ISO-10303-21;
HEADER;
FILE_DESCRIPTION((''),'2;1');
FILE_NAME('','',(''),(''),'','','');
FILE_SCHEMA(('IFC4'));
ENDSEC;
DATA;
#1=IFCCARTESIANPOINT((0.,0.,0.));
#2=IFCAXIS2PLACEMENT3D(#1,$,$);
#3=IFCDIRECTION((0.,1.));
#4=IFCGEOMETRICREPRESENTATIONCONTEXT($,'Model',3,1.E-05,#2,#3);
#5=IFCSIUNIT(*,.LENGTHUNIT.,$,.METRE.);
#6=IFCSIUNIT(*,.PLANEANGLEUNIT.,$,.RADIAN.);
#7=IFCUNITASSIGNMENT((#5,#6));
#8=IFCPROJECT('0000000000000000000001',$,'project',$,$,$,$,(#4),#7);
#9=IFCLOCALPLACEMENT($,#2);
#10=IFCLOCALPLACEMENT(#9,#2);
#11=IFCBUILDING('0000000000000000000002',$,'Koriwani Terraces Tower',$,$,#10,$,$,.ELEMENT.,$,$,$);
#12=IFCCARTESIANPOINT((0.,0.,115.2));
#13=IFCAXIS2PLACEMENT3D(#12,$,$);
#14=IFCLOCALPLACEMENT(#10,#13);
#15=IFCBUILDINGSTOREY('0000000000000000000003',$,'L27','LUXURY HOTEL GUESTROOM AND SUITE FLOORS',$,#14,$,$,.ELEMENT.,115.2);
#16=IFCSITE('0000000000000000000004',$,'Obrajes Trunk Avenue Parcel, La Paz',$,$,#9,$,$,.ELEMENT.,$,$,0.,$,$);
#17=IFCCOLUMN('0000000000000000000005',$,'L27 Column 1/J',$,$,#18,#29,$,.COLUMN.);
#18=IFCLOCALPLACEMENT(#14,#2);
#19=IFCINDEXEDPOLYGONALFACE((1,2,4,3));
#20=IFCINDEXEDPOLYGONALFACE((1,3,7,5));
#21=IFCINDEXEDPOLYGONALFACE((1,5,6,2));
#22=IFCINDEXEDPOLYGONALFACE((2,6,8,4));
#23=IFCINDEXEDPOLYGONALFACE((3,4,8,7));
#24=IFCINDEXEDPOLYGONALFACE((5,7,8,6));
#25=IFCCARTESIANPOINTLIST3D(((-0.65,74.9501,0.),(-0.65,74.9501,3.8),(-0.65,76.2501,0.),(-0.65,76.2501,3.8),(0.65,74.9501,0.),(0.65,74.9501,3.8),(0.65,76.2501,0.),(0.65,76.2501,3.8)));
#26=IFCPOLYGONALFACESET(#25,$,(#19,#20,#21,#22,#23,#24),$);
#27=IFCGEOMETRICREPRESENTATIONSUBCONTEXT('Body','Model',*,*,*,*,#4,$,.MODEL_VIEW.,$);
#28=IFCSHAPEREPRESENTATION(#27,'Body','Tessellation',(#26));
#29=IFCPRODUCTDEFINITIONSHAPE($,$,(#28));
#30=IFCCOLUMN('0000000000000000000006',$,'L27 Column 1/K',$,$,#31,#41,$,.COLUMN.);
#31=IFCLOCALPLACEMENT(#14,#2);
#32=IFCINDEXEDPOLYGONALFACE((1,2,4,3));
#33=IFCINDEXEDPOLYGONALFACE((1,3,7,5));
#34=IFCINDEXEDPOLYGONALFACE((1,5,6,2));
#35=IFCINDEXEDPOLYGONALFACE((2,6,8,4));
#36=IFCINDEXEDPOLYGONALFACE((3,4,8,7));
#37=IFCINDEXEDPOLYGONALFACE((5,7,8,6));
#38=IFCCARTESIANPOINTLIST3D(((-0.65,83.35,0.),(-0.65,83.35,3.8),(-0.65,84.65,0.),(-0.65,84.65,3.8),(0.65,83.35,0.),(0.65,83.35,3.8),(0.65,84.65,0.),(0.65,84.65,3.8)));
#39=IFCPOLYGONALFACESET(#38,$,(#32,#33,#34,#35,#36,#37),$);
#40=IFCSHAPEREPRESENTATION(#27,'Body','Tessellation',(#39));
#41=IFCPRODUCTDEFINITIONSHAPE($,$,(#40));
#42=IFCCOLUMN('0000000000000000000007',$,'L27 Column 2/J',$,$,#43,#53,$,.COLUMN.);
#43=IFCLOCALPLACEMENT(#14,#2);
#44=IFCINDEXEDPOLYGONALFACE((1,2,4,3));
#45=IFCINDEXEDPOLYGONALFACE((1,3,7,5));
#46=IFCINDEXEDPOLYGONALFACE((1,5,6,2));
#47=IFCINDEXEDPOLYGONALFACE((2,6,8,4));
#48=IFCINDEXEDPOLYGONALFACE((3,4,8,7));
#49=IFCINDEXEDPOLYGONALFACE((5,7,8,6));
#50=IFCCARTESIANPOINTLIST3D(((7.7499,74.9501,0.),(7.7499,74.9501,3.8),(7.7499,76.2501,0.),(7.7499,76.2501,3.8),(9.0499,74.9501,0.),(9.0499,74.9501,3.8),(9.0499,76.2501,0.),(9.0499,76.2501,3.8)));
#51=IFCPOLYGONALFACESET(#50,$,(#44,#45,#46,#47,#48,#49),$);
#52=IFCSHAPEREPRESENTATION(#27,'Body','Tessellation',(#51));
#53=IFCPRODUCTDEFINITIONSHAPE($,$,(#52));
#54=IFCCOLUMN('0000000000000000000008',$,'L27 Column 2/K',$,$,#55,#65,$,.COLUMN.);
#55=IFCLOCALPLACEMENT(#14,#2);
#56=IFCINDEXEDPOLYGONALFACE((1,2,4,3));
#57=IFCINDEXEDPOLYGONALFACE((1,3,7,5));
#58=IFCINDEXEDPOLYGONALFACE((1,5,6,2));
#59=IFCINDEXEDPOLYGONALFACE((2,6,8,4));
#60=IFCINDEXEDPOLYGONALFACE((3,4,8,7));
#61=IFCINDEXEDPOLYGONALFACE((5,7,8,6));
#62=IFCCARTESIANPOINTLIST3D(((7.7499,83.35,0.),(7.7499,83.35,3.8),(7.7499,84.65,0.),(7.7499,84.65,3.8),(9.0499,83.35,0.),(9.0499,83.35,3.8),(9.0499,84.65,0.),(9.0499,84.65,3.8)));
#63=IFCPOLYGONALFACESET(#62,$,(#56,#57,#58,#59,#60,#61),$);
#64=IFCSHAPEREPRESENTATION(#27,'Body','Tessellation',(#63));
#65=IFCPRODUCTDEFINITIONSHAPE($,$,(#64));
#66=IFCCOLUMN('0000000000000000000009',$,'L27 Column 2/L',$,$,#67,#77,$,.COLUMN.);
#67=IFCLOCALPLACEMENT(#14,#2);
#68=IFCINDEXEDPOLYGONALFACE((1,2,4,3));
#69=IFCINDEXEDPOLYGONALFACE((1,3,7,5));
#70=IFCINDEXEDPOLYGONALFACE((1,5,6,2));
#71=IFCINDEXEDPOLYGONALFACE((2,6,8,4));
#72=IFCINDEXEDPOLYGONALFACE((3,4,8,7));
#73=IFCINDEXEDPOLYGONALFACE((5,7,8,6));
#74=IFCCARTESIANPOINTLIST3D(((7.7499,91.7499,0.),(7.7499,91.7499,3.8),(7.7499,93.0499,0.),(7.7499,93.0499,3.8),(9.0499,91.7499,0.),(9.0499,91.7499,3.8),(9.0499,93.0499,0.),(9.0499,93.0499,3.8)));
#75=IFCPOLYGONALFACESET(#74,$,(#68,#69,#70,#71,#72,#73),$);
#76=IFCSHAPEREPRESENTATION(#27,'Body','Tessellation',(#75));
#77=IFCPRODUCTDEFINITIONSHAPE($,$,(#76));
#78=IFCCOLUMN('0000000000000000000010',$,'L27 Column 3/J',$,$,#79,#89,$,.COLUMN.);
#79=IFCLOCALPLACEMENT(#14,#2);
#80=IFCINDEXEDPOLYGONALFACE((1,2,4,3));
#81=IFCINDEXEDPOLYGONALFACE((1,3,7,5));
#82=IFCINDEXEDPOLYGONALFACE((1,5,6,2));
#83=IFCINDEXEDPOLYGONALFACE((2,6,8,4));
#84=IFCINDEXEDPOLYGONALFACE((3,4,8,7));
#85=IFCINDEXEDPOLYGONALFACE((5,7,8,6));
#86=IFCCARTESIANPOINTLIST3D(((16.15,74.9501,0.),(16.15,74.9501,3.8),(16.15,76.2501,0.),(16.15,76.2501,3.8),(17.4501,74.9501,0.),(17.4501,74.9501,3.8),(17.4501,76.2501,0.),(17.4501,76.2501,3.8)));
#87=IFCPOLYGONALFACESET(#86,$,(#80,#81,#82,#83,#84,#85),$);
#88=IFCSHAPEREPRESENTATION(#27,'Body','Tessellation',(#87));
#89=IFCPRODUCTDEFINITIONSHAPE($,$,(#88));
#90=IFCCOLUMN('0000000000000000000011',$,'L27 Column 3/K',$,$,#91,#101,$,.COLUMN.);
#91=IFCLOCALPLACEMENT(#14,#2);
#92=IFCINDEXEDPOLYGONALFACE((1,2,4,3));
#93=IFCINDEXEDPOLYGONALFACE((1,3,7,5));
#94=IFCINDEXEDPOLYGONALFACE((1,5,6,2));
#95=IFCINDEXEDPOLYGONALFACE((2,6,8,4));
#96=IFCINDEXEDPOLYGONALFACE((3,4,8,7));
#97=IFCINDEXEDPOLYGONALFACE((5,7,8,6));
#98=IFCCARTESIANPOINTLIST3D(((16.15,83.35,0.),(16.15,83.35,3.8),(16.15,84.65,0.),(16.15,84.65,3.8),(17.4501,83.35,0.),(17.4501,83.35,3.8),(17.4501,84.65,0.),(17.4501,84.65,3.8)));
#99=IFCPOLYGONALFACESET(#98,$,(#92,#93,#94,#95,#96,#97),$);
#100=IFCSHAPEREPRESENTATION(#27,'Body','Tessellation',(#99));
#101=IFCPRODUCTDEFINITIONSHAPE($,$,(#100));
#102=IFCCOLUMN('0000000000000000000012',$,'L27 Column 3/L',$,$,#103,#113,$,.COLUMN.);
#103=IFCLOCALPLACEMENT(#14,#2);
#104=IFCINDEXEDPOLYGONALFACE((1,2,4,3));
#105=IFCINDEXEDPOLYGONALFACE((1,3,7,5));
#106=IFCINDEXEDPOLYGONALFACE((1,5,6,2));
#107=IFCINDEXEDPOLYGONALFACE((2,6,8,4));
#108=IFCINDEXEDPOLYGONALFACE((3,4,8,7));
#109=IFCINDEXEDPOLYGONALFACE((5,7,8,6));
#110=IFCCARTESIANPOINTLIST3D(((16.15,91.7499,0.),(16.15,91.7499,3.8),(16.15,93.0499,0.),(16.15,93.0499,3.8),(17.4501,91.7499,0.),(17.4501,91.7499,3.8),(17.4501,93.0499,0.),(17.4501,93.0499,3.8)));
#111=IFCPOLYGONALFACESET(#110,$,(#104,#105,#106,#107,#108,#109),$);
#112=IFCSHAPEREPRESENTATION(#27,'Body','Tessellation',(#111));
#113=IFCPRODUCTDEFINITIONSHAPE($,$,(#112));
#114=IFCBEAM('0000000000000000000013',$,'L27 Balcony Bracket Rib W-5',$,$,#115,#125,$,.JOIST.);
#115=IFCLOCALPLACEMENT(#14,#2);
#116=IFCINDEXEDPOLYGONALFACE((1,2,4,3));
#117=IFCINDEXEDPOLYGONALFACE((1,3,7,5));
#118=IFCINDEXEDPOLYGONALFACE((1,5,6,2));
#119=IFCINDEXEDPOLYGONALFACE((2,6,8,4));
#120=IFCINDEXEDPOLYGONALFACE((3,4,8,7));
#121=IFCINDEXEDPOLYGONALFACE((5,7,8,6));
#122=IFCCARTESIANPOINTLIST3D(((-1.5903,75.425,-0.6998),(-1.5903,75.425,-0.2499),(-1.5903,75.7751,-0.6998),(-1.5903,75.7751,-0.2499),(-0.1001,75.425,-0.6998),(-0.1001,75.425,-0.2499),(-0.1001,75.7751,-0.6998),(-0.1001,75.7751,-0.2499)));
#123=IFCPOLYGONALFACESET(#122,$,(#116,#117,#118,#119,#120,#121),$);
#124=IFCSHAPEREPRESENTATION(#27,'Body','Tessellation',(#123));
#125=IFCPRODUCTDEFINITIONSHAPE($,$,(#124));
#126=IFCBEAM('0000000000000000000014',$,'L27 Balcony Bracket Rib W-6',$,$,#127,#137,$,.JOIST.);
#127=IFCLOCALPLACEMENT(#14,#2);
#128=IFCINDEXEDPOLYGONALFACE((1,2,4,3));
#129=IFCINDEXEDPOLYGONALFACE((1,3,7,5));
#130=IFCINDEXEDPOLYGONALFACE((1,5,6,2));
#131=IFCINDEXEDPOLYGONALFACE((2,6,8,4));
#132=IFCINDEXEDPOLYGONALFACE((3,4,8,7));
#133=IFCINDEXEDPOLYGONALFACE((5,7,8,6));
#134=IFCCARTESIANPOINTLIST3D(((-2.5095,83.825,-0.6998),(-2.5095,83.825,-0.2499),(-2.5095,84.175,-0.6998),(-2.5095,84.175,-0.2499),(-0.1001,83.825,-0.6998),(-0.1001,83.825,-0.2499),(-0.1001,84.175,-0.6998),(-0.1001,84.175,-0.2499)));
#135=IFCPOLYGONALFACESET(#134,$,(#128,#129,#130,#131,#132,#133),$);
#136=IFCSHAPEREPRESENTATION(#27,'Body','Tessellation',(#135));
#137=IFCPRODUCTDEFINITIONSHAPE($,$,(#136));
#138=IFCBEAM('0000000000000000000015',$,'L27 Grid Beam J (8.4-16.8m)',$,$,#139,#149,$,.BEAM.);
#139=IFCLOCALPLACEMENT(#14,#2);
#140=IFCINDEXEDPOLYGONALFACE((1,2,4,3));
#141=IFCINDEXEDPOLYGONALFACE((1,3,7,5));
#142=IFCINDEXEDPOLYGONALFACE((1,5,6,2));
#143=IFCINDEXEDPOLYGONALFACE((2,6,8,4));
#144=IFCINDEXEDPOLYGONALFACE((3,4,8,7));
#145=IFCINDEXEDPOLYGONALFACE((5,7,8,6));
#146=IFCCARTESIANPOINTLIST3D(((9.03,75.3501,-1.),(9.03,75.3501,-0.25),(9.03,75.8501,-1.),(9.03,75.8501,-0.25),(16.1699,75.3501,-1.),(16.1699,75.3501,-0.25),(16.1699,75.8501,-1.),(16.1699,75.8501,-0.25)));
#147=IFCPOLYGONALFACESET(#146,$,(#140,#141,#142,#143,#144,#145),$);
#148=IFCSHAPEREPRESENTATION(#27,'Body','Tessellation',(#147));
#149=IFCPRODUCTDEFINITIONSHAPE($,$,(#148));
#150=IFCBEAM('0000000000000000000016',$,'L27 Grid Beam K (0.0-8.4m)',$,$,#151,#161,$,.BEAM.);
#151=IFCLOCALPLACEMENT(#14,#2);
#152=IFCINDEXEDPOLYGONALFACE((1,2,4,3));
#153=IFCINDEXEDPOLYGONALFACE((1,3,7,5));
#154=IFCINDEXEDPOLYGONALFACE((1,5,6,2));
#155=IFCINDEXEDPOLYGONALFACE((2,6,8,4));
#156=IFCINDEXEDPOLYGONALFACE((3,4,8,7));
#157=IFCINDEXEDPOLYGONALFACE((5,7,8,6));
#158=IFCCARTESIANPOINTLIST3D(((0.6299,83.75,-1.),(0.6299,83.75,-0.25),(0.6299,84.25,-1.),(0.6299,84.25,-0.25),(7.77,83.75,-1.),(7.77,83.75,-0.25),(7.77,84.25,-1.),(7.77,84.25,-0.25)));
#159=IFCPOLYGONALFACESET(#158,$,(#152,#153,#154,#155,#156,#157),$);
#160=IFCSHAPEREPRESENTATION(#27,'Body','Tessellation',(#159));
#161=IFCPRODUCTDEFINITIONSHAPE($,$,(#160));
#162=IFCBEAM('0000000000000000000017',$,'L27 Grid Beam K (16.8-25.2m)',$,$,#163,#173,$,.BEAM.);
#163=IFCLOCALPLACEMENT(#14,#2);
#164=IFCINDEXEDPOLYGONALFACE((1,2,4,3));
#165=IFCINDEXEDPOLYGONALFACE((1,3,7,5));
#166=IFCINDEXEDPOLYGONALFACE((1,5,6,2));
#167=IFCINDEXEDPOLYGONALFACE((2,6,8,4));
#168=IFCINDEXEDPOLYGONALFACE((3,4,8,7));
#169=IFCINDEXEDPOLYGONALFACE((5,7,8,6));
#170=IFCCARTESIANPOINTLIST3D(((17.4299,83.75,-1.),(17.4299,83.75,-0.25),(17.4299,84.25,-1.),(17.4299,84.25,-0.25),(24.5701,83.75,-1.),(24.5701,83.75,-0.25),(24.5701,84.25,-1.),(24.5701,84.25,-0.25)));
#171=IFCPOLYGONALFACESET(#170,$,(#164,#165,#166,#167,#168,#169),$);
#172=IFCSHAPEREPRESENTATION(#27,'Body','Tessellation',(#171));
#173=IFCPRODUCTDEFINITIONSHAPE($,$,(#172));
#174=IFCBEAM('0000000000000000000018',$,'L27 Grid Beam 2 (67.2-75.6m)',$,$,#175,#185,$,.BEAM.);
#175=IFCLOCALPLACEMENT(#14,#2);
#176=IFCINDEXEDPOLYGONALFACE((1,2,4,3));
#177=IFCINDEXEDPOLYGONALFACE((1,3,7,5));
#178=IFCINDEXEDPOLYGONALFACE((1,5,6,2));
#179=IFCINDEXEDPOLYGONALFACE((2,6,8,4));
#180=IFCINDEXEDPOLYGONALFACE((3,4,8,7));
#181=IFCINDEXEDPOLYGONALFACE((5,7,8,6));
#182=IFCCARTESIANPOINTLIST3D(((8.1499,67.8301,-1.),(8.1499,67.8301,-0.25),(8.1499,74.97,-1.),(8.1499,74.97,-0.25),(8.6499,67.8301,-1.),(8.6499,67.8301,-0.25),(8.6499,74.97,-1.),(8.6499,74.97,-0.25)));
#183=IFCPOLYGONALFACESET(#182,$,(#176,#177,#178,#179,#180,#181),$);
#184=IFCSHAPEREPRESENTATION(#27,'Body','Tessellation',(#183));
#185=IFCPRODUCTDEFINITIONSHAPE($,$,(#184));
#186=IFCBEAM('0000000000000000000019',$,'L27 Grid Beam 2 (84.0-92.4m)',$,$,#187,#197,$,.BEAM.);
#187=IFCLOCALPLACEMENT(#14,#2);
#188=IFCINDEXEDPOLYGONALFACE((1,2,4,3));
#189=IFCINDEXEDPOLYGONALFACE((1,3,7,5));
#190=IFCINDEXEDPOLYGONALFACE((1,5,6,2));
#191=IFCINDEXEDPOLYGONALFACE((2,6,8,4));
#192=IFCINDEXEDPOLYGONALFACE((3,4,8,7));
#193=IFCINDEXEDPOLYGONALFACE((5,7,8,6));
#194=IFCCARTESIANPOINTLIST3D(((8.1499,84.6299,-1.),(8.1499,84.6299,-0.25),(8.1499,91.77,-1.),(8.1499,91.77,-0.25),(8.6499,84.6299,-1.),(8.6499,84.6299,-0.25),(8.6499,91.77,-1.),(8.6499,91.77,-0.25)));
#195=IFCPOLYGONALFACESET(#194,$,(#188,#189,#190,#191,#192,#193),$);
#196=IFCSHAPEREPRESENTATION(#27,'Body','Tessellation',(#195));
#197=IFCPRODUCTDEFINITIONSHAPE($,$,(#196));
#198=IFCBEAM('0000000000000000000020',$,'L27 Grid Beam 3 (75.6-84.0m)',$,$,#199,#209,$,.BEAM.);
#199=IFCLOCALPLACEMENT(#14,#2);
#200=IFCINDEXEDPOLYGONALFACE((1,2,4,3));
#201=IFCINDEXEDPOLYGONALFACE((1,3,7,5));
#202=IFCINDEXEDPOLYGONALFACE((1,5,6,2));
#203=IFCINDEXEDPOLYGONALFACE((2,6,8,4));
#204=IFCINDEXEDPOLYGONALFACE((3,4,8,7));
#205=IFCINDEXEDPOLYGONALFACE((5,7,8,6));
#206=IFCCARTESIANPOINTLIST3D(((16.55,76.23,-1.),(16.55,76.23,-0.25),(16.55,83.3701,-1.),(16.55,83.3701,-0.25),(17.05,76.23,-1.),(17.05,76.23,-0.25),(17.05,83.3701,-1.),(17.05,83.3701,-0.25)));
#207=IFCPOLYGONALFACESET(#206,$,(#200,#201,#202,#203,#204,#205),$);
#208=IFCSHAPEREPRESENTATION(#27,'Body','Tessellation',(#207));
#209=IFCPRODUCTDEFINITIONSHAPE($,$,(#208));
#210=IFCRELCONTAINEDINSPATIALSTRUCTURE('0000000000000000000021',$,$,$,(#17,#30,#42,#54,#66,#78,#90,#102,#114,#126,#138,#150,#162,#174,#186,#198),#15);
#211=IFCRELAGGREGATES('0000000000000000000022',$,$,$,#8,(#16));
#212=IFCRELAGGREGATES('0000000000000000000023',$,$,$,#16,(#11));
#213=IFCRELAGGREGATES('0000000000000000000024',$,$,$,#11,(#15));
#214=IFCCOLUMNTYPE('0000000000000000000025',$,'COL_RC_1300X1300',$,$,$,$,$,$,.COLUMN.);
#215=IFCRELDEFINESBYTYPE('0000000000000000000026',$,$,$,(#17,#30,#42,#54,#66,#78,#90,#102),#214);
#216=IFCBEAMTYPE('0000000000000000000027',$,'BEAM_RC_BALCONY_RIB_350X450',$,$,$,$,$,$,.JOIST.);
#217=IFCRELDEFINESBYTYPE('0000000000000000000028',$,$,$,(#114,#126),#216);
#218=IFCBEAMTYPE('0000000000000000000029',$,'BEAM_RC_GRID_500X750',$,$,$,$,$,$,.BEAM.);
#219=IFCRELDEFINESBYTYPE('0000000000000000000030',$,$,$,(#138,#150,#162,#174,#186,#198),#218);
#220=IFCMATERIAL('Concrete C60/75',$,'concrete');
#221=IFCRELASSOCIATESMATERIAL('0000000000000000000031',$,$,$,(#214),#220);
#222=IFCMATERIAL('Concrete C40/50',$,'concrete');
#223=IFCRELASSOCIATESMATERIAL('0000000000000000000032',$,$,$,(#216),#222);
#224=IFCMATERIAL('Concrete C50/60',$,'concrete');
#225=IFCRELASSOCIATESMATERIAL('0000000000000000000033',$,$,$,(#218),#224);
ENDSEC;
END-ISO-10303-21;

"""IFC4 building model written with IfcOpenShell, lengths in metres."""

from ifc_helpers import new_model, si_unit, direction, frame, origin, origin_2d, place, context, subcontext, project, spatial, rectangle, extrude, material, material_profile, profile_set, type_object, element, save


model = new_model("IFC4")

# Units and contexts
model_context = context("Model", 3, precision=1e-05, world=origin(), true_north=direction((0.0, 1.0)))
body_context = subcontext(model_context, "Body", "Model", "MODEL_VIEW")
ifc_project = project(units=[si_unit("LENGTHUNIT", "METRE"), si_unit("PLANEANGLEUNIT", "RADIAN")], contexts=[model_context])

# Site, building, storey
site_placement = place(None, origin())
site = spatial("IfcSite", under=ifc_project, at=site_placement, Name="Obrajes Trunk Avenue Parcel, La Paz", CompositionType="ELEMENT", RefElevation=0.0)
building_placement = place(site_placement, origin())
building = spatial("IfcBuilding", under=site, at=building_placement, Name="Koriwani Terraces Tower", CompositionType="ELEMENT")
storey_placement = place(building_placement, frame((0.0, 0.0, 115.2)))
storey = spatial("IfcBuildingStorey", under=building, at=storey_placement, Name="L27", Description="LUXURY HOTEL GUESTROOM AND SUITE FLOORS", CompositionType="ELEMENT", Elevation=115.2)

# Columns
ifc_material_1 = material(Name="Concrete C60/75", Category="concrete")
ifc_material_profile_1 = material_profile(ifc_material_1, rectangle(XDim=1.3, YDim=1.3, at=origin_2d()), Name="Concrete C60/75", Category="LoadBearing")
ifc_profile_set_1 = profile_set([ifc_material_profile_1], Name="Concrete C60/75")
column_type = type_object("IfcColumnType", Name="COL_RC_1300X1300", PredefinedType="COLUMN", material=ifc_profile_set_1)
for number, where, z_axis, x_axis, name in (
    (1, (0.0, 75.6001, 0.0), (0.0, 0.0, 1.0), (1.0, 0.0, 0.0), "L27 Column 1/J"),
    (2, (0.0, 84.0, 0.0), (0.0, 0.0, 1.0), (1.0, 0.0, 0.0), "L27 Column 1/K"),
    (3, (8.3999, 75.6001, 0.0), (0.0, 0.0, 1.0), (1.0, 0.0, 0.0), "L27 Column 2/J"),
    (4, (8.3999, 84.0, 0.0), (0.0, 0.0, 1.0), (1.0, 0.0, 0.0), "L27 Column 2/K"),
    (5, (8.3999, 92.3999, 0.0), (0.0, 0.0, 1.0), (1.0, 0.0, 0.0), "L27 Column 2/L"),
    (6, (16.8, 75.6001, 0.0), (0.0, 0.0, 1.0), (1.0, 0.0, 0.0), "L27 Column 3/J"),
    (7, (16.8, 84.0, 0.0), (0.0, 0.0, 1.0), (1.0, 0.0, 0.0), "L27 Column 3/K"),
    (8, (16.8, 92.3999, 0.0), (0.0, 0.0, 1.0), (1.0, 0.0, 0.0), "L27 Column 3/L"),
):
    element("IfcColumn", number, at=place(storey_placement, frame(where, z_axis=z_axis, x_axis=x_axis)), inside=storey, type_object=column_type, Name=name, PredefinedType="COLUMN", context=body_context, shape_type="SweptSolid", body=[
        extrude(rectangle(XDim=1.3, YDim=1.3, at=origin_2d()), origin(), (0.0, 0.0, 1.0), 3.8),
    ])

# Beams
ifc_material_2 = material(Name="Concrete C40/50", Category="concrete")
ifc_material_profile_2 = material_profile(ifc_material_2, rectangle(XDim=0.3501, YDim=0.45, at=origin_2d()), Name="Concrete C40/50", Category="LoadBearing")
ifc_profile_set_2 = profile_set([ifc_material_profile_2], Name="Concrete C40/50")
beam_type_1 = type_object("IfcBeamType", Name="BEAM_RC_BALCONY_RIB_350X450", PredefinedType="JOIST", material=ifc_profile_set_2)
beam_1_placement = place(storey_placement, frame((-1.5903, 75.6001, -0.4749), z_axis=(1.0, 0.0, 0.0), x_axis=(0.0, 1.0, 0.0)))
element("IfcBeam", 9, at=beam_1_placement, inside=storey, type_object=beam_type_1, Name="L27 Balcony Bracket Rib W-5", PredefinedType="JOIST", context=body_context, shape_type="SweptSolid", body=[
    extrude(rectangle(XDim=0.3501, YDim=0.45, at=origin_2d()), origin(), (0.0, 0.0, 1.0), 1.4902),
])
beam_2_placement = place(storey_placement, frame((-2.5095, 84.0, -0.4749), z_axis=(1.0, 0.0, 0.0), x_axis=(0.0, 1.0, 0.0)))
element("IfcBeam", 10, at=beam_2_placement, inside=storey, type_object=beam_type_1, Name="L27 Balcony Bracket Rib W-6", PredefinedType="JOIST", context=body_context, shape_type="SweptSolid", body=[
    extrude(rectangle(XDim=0.3501, YDim=0.45, at=origin_2d()), origin(), (0.0, 0.0, 1.0), 2.4094),
])
ifc_material_3 = material(Name="Concrete C50/60", Category="concrete")
ifc_material_profile_3 = material_profile(ifc_material_3, rectangle(XDim=0.5, YDim=0.75, at=origin_2d()), Name="Concrete C50/60", Category="LoadBearing")
ifc_profile_set_3 = profile_set([ifc_material_profile_3], Name="Concrete C50/60")
beam_type_2 = type_object("IfcBeamType", Name="BEAM_RC_GRID_500X750", PredefinedType="BEAM", material=ifc_profile_set_3)
beam_3_placement = place(storey_placement, frame((9.03, 75.6001, -0.625), z_axis=(1.0, 0.0, 0.0), x_axis=(0.0, 1.0, 0.0)))
element("IfcBeam", 11, at=beam_3_placement, inside=storey, type_object=beam_type_2, Name="L27 Grid Beam J (8.4-16.8m)", PredefinedType="BEAM", context=body_context, shape_type="SweptSolid", body=[
    extrude(rectangle(XDim=0.5, YDim=0.75, at=origin_2d()), origin(), (0.0, 0.0, 1.0), 7.1399),
])
for number, where, z_axis, x_axis, name in (
    (12, (0.6299, 84.0, -0.625), (1.0, 0.0, 0.0), (0.0, 1.0, 0.0), "L27 Grid Beam K (0.0-8.4m)"),
    (13, (17.4299, 84.0, -0.625), (1.0, 0.0, 0.0), (0.0, 1.0, 0.0), "L27 Grid Beam K (16.8-25.2m)"),
):
    element("IfcBeam", number, at=place(storey_placement, frame(where, z_axis=z_axis, x_axis=x_axis)), inside=storey, type_object=beam_type_2, Name=name, PredefinedType="BEAM", context=body_context, shape_type="SweptSolid", body=[
        extrude(rectangle(XDim=0.5, YDim=0.75, at=origin_2d()), origin(), (0.0, 0.0, 1.0), 7.1401),
    ])
beam_4_placement = place(storey_placement, frame((8.3999, 67.8301, -0.625), z_axis=(0.0, 1.0, 0.0), x_axis=(-1.0, 0.0, 0.0)))
element("IfcBeam", 14, at=beam_4_placement, inside=storey, type_object=beam_type_2, Name="L27 Grid Beam 2 (67.2-75.6m)", PredefinedType="BEAM", context=body_context, shape_type="SweptSolid", body=[
    extrude(rectangle(XDim=0.5, YDim=0.75, at=origin_2d()), origin(), (0.0, 0.0, 1.0), 7.1399),
])
for number, where, z_axis, x_axis, name in (
    (15, (8.3999, 84.6299, -0.625), (0.0, 1.0, 0.0), (-1.0, 0.0, 0.0), "L27 Grid Beam 2 (84.0-92.4m)"),
    (16, (16.8, 76.23, -0.625), (0.0, 1.0, 0.0), (-1.0, 0.0, 0.0), "L27 Grid Beam 3 (75.6-84.0m)"),
):
    element("IfcBeam", number, at=place(storey_placement, frame(where, z_axis=z_axis, x_axis=x_axis)), inside=storey, type_object=beam_type_2, Name=name, PredefinedType="BEAM", context=body_context, shape_type="SweptSolid", body=[
        extrude(rectangle(XDim=0.5, YDim=0.75, at=origin_2d()), origin(), (0.0, 0.0, 1.0), 7.1401),
    ])

save(model, "model.ifc")
